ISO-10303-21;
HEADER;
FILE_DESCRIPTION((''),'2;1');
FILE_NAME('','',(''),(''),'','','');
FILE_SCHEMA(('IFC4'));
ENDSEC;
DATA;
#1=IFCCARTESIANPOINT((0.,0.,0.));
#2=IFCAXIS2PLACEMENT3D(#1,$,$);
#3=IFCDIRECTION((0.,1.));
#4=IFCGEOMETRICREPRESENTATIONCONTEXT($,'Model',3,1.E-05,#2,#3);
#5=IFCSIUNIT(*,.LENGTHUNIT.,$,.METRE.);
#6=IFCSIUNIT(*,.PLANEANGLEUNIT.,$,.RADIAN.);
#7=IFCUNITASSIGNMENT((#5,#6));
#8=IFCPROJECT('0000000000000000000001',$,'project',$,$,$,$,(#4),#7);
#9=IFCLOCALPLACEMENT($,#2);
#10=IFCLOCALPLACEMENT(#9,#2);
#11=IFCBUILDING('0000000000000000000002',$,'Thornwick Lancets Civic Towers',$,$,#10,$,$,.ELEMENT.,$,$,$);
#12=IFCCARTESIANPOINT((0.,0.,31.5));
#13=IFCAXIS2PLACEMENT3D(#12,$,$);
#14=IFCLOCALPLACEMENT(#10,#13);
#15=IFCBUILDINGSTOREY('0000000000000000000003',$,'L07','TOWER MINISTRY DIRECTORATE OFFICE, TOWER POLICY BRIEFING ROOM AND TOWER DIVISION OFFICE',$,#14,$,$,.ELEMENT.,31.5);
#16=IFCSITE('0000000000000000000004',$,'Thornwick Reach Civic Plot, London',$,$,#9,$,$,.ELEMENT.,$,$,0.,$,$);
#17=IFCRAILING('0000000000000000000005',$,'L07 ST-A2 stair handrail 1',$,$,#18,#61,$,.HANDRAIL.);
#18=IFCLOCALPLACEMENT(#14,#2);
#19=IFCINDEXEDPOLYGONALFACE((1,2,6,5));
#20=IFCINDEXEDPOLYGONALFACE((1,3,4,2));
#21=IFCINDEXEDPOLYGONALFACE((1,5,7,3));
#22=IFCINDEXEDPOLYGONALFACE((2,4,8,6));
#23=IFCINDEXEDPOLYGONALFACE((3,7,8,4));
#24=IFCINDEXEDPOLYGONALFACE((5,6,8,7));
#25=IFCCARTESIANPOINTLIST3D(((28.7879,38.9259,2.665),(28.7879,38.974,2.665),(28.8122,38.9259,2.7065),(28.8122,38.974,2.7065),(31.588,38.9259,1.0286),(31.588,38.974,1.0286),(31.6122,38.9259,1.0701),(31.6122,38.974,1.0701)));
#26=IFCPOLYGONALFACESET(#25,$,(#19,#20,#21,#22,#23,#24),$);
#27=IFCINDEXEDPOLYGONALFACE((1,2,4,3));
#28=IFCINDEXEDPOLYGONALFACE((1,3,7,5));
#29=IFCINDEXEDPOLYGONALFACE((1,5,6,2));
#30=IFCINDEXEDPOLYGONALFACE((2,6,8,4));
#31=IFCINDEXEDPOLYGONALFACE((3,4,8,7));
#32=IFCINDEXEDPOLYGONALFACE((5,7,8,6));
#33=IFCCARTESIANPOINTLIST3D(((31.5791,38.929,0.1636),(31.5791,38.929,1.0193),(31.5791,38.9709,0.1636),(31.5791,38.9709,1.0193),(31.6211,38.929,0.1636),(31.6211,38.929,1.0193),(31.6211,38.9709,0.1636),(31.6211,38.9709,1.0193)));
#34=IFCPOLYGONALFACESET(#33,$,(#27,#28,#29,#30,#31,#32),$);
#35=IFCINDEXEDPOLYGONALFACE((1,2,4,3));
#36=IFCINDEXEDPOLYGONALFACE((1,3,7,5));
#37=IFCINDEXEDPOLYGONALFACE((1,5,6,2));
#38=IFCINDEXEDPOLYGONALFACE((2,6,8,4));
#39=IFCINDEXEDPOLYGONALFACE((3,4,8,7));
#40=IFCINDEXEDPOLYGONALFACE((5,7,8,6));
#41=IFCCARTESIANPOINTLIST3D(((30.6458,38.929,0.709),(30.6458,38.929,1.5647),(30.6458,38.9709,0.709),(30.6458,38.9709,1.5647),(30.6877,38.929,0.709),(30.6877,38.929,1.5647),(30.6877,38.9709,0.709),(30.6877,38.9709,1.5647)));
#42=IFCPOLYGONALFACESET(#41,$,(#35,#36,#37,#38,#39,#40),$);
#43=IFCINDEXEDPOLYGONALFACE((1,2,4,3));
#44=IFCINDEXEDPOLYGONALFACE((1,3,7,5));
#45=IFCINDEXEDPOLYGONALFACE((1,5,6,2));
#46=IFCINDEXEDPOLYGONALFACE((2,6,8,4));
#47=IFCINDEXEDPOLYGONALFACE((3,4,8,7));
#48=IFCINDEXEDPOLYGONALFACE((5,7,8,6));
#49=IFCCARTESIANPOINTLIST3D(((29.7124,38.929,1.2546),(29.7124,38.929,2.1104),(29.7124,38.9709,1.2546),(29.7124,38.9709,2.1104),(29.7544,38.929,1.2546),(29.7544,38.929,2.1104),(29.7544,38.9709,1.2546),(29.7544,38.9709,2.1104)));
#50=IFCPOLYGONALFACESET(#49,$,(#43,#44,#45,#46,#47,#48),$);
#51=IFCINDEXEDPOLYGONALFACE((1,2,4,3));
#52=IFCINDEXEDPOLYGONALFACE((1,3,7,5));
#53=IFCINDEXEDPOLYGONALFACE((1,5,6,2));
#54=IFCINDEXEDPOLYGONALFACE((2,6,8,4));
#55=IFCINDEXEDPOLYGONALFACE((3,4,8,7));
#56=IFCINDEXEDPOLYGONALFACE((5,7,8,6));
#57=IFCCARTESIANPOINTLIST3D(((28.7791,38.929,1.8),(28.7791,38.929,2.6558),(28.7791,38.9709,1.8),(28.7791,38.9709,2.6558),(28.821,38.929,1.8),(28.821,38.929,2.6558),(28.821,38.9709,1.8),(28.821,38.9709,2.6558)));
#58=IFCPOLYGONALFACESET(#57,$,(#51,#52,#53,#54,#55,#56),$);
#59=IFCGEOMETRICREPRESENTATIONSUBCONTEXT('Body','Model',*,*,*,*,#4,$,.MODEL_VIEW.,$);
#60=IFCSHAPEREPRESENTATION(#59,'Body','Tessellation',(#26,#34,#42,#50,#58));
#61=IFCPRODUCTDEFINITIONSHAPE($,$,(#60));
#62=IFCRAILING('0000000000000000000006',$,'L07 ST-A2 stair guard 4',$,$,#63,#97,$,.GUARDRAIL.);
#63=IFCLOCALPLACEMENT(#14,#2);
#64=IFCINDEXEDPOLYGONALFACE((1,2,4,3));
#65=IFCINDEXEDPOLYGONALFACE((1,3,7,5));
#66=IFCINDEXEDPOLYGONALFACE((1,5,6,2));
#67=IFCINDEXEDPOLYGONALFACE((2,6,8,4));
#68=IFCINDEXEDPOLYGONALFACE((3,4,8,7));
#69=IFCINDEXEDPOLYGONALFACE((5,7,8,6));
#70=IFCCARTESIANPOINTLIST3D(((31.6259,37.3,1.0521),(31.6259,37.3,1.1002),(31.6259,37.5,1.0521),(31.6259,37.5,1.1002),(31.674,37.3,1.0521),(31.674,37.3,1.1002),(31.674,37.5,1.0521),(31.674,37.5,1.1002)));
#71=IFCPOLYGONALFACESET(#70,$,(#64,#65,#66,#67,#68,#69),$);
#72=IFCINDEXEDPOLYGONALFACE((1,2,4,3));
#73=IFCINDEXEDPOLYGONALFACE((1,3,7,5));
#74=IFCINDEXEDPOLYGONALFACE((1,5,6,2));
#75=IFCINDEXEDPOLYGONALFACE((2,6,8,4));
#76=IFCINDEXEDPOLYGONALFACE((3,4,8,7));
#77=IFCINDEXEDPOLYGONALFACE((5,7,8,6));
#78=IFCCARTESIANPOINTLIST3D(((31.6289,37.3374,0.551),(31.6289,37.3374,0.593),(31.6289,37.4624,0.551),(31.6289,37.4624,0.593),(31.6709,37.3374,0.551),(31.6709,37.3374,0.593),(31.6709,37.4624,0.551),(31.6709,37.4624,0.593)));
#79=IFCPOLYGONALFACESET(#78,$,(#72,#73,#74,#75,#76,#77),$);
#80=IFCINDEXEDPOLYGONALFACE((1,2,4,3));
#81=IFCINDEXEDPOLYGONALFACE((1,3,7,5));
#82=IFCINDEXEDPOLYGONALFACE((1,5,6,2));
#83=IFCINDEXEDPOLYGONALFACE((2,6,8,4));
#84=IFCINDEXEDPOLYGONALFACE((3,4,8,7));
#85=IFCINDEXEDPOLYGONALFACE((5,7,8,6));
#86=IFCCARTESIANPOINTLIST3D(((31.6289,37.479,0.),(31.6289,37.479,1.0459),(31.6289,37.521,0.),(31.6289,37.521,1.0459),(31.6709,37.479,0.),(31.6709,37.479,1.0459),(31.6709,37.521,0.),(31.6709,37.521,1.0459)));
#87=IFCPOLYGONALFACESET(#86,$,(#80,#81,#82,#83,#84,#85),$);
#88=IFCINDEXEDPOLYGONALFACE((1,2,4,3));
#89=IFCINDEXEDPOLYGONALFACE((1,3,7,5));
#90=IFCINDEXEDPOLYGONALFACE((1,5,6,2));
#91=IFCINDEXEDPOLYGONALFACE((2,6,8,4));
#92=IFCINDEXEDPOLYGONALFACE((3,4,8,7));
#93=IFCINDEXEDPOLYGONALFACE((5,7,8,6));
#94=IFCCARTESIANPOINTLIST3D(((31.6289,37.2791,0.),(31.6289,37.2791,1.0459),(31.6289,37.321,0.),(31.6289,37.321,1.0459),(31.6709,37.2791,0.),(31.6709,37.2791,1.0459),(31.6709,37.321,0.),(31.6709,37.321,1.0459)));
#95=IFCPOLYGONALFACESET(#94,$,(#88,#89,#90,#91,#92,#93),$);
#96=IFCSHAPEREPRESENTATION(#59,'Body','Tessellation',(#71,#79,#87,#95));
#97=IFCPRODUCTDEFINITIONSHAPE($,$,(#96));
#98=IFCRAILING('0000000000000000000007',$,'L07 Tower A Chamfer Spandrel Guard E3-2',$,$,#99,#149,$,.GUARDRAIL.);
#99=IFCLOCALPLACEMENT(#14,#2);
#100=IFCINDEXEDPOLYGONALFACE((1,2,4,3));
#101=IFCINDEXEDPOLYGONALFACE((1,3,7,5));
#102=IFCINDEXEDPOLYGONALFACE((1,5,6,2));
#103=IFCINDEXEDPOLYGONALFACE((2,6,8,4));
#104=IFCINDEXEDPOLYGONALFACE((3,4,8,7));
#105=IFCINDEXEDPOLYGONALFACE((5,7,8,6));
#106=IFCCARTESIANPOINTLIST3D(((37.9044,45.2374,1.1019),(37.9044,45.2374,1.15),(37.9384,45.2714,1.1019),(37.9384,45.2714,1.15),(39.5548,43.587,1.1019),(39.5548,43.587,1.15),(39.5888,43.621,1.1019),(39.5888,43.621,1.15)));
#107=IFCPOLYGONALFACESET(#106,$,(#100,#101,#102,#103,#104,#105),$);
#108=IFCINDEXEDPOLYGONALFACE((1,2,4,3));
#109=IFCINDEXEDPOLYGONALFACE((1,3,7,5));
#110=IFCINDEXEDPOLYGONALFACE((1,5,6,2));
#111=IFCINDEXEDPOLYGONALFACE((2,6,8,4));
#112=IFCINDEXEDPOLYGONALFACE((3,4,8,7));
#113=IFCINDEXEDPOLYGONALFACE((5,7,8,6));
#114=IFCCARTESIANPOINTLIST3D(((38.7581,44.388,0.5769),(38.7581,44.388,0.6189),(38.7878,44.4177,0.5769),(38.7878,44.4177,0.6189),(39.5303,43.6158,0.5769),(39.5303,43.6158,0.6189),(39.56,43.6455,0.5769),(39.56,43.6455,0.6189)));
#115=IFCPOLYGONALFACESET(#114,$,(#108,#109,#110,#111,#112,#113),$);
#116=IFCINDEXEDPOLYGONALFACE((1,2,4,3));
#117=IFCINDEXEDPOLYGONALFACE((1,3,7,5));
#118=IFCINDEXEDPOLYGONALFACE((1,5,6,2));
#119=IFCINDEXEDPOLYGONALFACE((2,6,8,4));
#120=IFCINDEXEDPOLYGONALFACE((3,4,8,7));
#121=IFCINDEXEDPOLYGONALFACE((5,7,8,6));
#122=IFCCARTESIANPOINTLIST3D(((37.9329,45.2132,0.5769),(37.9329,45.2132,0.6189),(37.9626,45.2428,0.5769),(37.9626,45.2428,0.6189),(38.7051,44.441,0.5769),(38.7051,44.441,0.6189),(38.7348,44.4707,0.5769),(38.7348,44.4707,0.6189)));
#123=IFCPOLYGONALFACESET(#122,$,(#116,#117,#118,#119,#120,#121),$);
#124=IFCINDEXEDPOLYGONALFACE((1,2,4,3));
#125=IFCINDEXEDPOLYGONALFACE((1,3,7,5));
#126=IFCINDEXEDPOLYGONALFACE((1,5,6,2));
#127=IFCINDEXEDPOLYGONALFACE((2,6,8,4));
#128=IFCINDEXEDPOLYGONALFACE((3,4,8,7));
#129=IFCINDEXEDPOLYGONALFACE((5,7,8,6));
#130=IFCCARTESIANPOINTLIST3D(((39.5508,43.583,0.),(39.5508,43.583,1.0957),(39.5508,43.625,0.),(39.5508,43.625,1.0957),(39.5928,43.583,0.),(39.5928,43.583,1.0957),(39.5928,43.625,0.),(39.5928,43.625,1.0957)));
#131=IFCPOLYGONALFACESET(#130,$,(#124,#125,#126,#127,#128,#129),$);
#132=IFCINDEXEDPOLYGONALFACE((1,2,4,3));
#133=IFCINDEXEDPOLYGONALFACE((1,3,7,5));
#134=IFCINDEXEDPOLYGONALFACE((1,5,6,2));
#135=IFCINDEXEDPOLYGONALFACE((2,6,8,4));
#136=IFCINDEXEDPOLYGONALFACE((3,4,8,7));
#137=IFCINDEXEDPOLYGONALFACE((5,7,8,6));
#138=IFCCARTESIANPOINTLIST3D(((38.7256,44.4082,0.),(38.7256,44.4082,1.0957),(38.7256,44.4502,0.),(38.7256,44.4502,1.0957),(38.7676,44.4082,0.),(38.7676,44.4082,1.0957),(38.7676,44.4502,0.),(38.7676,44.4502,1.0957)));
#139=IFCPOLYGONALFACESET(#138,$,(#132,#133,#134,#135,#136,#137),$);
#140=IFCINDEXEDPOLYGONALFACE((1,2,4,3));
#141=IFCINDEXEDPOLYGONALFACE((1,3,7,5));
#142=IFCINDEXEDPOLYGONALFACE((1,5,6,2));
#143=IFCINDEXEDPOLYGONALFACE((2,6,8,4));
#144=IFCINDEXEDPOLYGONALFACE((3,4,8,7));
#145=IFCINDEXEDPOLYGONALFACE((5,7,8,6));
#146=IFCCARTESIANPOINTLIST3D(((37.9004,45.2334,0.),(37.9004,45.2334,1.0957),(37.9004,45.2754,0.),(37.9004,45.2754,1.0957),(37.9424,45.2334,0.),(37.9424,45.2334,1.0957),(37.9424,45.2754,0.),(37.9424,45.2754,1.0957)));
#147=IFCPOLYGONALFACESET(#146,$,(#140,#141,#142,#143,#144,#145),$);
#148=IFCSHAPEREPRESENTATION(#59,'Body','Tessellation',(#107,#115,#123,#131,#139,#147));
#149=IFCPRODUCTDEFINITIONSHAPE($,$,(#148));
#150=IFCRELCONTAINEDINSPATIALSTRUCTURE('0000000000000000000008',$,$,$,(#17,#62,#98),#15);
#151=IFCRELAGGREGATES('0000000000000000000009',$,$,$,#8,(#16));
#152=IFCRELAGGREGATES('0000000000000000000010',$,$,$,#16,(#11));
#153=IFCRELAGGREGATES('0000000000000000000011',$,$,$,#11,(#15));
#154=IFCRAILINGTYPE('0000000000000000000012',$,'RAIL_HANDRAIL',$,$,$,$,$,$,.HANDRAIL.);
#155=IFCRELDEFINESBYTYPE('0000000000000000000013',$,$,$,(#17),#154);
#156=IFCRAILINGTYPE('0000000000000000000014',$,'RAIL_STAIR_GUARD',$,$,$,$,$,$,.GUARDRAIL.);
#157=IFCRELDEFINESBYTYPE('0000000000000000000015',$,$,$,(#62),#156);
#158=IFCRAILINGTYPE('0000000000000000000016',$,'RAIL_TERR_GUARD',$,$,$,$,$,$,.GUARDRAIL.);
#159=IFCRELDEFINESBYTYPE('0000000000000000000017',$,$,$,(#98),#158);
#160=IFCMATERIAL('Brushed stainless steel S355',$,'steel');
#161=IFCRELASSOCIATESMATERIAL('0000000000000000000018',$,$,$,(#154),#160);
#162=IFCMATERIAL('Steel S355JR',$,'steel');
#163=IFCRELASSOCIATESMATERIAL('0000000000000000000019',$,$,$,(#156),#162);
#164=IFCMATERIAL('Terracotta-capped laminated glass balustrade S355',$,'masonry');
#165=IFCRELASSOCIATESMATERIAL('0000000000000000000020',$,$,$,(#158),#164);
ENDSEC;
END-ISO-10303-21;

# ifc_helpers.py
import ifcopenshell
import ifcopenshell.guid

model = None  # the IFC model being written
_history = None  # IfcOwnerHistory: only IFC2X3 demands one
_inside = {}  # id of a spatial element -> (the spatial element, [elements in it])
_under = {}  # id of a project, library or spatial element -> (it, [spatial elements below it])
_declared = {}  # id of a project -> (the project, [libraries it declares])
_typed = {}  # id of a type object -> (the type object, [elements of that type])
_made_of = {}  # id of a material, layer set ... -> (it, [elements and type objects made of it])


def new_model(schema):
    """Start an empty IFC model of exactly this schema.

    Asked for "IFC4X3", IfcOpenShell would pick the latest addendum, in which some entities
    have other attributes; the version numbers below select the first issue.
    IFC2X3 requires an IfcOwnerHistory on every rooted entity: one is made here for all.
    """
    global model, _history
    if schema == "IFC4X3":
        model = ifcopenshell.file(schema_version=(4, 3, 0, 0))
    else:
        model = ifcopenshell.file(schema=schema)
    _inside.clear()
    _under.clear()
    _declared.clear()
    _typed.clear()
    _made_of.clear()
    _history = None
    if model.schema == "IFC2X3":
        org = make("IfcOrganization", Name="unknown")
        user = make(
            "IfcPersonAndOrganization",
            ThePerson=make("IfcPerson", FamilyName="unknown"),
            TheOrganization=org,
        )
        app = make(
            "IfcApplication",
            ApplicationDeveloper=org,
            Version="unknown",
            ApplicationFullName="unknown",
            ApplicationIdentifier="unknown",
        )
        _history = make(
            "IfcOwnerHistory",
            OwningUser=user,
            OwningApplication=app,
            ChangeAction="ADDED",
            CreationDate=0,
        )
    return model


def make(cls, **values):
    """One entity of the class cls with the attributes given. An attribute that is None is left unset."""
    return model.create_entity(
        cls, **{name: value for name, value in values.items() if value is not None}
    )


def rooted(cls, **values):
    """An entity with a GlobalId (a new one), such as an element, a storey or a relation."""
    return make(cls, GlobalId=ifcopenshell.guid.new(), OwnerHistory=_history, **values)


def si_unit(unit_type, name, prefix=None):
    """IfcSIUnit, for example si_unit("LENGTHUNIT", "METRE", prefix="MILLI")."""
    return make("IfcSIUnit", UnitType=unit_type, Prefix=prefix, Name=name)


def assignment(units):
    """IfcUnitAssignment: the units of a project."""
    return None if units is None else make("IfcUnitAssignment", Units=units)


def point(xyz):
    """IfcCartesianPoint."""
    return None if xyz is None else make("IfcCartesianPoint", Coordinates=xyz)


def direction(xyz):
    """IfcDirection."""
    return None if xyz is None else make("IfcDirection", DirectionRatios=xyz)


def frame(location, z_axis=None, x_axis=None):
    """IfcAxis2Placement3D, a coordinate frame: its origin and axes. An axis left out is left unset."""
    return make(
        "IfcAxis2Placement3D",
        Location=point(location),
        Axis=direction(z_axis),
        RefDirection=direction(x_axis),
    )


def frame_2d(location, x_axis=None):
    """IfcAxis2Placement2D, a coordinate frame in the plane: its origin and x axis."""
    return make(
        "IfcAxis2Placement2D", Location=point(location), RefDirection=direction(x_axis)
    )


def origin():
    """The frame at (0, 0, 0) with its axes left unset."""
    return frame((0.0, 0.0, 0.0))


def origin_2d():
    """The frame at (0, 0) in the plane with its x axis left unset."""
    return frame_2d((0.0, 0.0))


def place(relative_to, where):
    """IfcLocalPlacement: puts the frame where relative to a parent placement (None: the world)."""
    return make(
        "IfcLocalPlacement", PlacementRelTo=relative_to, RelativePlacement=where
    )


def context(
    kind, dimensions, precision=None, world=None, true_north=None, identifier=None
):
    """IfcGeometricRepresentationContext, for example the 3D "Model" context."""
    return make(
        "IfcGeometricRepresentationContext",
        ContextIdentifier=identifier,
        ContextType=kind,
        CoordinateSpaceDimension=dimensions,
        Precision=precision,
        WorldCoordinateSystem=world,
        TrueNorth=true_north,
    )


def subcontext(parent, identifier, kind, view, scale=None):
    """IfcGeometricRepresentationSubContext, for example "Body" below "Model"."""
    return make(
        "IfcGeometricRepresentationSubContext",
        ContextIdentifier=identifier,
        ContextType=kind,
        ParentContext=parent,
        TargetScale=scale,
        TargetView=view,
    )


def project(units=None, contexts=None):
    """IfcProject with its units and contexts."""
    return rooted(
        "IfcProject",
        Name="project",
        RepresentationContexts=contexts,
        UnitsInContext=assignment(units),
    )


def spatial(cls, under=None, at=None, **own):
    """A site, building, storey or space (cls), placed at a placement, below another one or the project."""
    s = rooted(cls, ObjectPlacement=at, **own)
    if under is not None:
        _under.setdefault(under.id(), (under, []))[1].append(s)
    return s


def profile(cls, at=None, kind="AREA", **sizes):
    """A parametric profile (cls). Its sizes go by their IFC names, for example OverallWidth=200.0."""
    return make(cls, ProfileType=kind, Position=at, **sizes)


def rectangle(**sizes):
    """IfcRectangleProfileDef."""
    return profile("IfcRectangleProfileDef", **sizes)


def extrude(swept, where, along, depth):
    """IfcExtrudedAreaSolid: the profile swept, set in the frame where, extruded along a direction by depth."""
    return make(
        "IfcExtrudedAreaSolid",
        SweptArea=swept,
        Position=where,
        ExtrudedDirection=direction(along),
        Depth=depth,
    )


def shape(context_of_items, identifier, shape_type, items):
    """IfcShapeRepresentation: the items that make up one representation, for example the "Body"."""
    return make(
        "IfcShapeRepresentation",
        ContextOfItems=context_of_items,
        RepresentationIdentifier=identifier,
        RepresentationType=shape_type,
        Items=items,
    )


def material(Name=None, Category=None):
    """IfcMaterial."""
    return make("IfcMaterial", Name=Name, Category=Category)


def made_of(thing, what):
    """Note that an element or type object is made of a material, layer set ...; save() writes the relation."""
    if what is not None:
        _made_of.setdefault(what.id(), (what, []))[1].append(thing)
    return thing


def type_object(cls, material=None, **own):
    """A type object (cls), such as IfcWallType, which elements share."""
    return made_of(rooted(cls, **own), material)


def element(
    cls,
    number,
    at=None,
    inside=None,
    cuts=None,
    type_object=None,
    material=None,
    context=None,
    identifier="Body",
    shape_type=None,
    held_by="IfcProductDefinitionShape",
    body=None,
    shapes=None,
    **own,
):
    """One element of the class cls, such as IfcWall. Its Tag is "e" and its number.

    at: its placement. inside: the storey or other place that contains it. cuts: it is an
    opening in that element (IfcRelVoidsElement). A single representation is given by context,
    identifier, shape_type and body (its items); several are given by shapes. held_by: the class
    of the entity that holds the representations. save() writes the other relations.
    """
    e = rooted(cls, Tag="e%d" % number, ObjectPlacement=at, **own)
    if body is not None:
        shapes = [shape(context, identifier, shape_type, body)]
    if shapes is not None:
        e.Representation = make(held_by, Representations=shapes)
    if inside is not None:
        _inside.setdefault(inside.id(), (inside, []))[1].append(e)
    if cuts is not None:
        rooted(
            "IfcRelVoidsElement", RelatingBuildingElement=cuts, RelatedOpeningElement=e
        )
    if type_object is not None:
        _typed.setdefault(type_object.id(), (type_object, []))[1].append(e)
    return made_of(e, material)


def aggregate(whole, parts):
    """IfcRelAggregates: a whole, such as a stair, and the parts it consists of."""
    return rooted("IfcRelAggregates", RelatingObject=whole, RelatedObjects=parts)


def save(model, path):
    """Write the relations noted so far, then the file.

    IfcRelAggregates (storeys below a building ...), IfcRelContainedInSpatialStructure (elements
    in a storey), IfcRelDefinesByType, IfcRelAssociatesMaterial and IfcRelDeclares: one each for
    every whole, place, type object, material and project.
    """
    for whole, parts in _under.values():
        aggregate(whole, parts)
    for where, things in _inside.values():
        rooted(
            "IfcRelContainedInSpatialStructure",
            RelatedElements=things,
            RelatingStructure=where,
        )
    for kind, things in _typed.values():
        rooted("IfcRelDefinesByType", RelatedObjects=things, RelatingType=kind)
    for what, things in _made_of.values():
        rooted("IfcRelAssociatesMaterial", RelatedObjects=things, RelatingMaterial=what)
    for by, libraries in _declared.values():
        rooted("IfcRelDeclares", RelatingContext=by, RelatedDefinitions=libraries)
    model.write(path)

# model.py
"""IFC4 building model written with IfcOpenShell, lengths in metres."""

from ifc_helpers import new_model, si_unit, direction, frame, origin, origin_2d, place, context, subcontext, project, spatial, rectangle, extrude, material, type_object, element, save


model = new_model("IFC4")

# Units and contexts
model_context = context("Model", 3, precision=1e-05, world=origin(), true_north=direction((0.0, 1.0)))
body_context = subcontext(model_context, "Body", "Model", "MODEL_VIEW")
ifc_project = project(units=[si_unit("LENGTHUNIT", "METRE"), si_unit("PLANEANGLEUNIT", "RADIAN")], contexts=[model_context])

# Site, building, storey
site_placement = place(None, origin())
site = spatial("IfcSite", under=ifc_project, at=site_placement, Name="Thornwick Reach Civic Plot, London", CompositionType="ELEMENT", RefElevation=0.0)
building_placement = place(site_placement, origin())
building = spatial("IfcBuilding", under=site, at=building_placement, Name="Thornwick Lancets Civic Towers", CompositionType="ELEMENT")
storey_placement = place(building_placement, frame((0.0, 0.0, 31.5)))
storey = spatial("IfcBuildingStorey", under=building, at=storey_placement, Name="L07", Description="TOWER MINISTRY DIRECTORATE OFFICE, TOWER POLICY BRIEFING ROOM AND TOWER DIVISION OFFICE", CompositionType="ELEMENT", Elevation=31.5)

# Shared definitions
ifc_material_1 = material(Name="Steel S355JR", Category="steel")

# Railings
ifc_material_2 = material(Name="Brushed stainless steel S355", Category="steel")
railing_type_1 = type_object("IfcRailingType", Name="RAIL_HANDRAIL", PredefinedType="HANDRAIL", material=ifc_material_2)
railing_1_placement = place(storey_placement, frame((31.6001, 38.95, 0.1636)))
element("IfcRailing", 1, at=railing_1_placement, inside=storey, type_object=railing_type_1, Name="L07 ST-A2 stair handrail 1", PredefinedType="HANDRAIL", context=body_context, shape_type="SweptSolid", body=[
    extrude(rectangle(XDim=0.0481, YDim=0.0481, at=origin_2d()), frame((0.0, 0.0, 0.8857), z_axis=(-0.863361, 0.0, 0.504587), x_axis=(0.0, -1.0, 0.0)), (0.0, 0.0, 1.0), 3.2432),
    extrude(rectangle(XDim=0.042, YDim=0.042, at=origin_2d()), origin(), (0.0, 0.0, 1.0), 0.8557),
    extrude(rectangle(XDim=0.042, YDim=0.042, at=origin_2d()), frame((-0.9333, 0.0, 0.5454)), (0.0, 0.0, 1.0), 0.8557),
    extrude(rectangle(XDim=0.042, YDim=0.042, at=origin_2d()), frame((-1.8667, 0.0, 1.0911)), (0.0, 0.0, 1.0), 0.8557),
    extrude(rectangle(XDim=0.042, YDim=0.042, at=origin_2d()), frame((-2.8, 0.0, 1.6365)), (0.0, 0.0, 1.0), 0.8557),
])
railing_type_2 = type_object("IfcRailingType", Name="RAIL_STAIR_GUARD", PredefinedType="GUARDRAIL", material=ifc_material_1)
railing_2_placement = place(storey_placement, frame((31.6499, 37.5, 0.0)))
element("IfcRailing", 2, at=railing_2_placement, inside=storey, type_object=railing_type_2, Name="L07 ST-A2 stair guard 4", PredefinedType="GUARDRAIL", context=body_context, shape_type="SweptSolid", body=[
    extrude(rectangle(XDim=0.0481, YDim=0.0481, at=origin_2d()), frame((0.0, 0.0, 1.0762), z_axis=(0.0, -1.0, 0.0), x_axis=(1.0, 0.0, 0.0)), (0.0, 0.0, 1.0), 0.2),
    extrude(rectangle(XDim=0.042, YDim=0.042, at=origin_2d()), frame((0.0, -0.0376, 0.572), z_axis=(0.0, -1.0, 0.0), x_axis=(1.0, 0.0, 0.0)), (0.0, 0.0, 1.0), 0.125),
    extrude(rectangle(XDim=0.042, YDim=0.042, at=origin_2d()), origin(), (0.0, 0.0, 1.0), 1.0459),
    extrude(rectangle(XDim=0.042, YDim=0.042, at=origin_2d()), frame((0.0, -0.2, 0.0)), (0.0, 0.0, 1.0), 1.0459),
])
ifc_material_3 = material(Name="Terracotta-capped laminated glass balustrade S355", Category="masonry")
railing_type_3 = type_object("IfcRailingType", Name="RAIL_TERR_GUARD", PredefinedType="GUARDRAIL", material=ifc_material_3)
railing_3_placement = place(storey_placement, frame((39.5718, 43.604, 0.0)))
element("IfcRailing", 3, at=railing_3_placement, inside=storey, type_object=railing_type_3, Name="L07 Tower A Chamfer Spandrel Guard E3-2", PredefinedType="GUARDRAIL", context=body_context, shape_type="SweptSolid", body=[
    extrude(rectangle(XDim=0.0481, YDim=0.0481, at=origin_2d()), frame((0.0, 0.0, 1.126), z_axis=(-0.707107, 0.707107, 0.0), x_axis=(-0.707107, -0.707107, 0.0)), (0.0, 0.0, 1.0), 2.334),
    extrude(rectangle(XDim=0.042, YDim=0.042, at=origin_2d()), frame((-0.0266, 0.0266, 0.5979), z_axis=(-0.707107, 0.707107, 0.0), x_axis=(-0.707107, -0.707107, 0.0)), (0.0, 0.0, 1.0), 1.092),
    extrude(rectangle(XDim=0.042, YDim=0.042, at=origin_2d()), frame((-0.8518, 0.8518, 0.5979), z_axis=(-0.707107, 0.707107, 0.0), x_axis=(-0.707107, -0.707107, 0.0)), (0.0, 0.0, 1.0), 1.092),
    extrude(rectangle(XDim=0.042, YDim=0.042, at=origin_2d()), origin(), (0.0, 0.0, 1.0), 1.0957),
    extrude(rectangle(XDim=0.042, YDim=0.042, at=origin_2d()), frame((-0.8252, 0.8252, 0.0)), (0.0, 0.0, 1.0), 1.0957),
    extrude(rectangle(XDim=0.042, YDim=0.042, at=origin_2d()), frame((-1.6504, 1.6504, 0.0)), (0.0, 0.0, 1.0), 1.0957),
])

save(model, "model.ifc")
